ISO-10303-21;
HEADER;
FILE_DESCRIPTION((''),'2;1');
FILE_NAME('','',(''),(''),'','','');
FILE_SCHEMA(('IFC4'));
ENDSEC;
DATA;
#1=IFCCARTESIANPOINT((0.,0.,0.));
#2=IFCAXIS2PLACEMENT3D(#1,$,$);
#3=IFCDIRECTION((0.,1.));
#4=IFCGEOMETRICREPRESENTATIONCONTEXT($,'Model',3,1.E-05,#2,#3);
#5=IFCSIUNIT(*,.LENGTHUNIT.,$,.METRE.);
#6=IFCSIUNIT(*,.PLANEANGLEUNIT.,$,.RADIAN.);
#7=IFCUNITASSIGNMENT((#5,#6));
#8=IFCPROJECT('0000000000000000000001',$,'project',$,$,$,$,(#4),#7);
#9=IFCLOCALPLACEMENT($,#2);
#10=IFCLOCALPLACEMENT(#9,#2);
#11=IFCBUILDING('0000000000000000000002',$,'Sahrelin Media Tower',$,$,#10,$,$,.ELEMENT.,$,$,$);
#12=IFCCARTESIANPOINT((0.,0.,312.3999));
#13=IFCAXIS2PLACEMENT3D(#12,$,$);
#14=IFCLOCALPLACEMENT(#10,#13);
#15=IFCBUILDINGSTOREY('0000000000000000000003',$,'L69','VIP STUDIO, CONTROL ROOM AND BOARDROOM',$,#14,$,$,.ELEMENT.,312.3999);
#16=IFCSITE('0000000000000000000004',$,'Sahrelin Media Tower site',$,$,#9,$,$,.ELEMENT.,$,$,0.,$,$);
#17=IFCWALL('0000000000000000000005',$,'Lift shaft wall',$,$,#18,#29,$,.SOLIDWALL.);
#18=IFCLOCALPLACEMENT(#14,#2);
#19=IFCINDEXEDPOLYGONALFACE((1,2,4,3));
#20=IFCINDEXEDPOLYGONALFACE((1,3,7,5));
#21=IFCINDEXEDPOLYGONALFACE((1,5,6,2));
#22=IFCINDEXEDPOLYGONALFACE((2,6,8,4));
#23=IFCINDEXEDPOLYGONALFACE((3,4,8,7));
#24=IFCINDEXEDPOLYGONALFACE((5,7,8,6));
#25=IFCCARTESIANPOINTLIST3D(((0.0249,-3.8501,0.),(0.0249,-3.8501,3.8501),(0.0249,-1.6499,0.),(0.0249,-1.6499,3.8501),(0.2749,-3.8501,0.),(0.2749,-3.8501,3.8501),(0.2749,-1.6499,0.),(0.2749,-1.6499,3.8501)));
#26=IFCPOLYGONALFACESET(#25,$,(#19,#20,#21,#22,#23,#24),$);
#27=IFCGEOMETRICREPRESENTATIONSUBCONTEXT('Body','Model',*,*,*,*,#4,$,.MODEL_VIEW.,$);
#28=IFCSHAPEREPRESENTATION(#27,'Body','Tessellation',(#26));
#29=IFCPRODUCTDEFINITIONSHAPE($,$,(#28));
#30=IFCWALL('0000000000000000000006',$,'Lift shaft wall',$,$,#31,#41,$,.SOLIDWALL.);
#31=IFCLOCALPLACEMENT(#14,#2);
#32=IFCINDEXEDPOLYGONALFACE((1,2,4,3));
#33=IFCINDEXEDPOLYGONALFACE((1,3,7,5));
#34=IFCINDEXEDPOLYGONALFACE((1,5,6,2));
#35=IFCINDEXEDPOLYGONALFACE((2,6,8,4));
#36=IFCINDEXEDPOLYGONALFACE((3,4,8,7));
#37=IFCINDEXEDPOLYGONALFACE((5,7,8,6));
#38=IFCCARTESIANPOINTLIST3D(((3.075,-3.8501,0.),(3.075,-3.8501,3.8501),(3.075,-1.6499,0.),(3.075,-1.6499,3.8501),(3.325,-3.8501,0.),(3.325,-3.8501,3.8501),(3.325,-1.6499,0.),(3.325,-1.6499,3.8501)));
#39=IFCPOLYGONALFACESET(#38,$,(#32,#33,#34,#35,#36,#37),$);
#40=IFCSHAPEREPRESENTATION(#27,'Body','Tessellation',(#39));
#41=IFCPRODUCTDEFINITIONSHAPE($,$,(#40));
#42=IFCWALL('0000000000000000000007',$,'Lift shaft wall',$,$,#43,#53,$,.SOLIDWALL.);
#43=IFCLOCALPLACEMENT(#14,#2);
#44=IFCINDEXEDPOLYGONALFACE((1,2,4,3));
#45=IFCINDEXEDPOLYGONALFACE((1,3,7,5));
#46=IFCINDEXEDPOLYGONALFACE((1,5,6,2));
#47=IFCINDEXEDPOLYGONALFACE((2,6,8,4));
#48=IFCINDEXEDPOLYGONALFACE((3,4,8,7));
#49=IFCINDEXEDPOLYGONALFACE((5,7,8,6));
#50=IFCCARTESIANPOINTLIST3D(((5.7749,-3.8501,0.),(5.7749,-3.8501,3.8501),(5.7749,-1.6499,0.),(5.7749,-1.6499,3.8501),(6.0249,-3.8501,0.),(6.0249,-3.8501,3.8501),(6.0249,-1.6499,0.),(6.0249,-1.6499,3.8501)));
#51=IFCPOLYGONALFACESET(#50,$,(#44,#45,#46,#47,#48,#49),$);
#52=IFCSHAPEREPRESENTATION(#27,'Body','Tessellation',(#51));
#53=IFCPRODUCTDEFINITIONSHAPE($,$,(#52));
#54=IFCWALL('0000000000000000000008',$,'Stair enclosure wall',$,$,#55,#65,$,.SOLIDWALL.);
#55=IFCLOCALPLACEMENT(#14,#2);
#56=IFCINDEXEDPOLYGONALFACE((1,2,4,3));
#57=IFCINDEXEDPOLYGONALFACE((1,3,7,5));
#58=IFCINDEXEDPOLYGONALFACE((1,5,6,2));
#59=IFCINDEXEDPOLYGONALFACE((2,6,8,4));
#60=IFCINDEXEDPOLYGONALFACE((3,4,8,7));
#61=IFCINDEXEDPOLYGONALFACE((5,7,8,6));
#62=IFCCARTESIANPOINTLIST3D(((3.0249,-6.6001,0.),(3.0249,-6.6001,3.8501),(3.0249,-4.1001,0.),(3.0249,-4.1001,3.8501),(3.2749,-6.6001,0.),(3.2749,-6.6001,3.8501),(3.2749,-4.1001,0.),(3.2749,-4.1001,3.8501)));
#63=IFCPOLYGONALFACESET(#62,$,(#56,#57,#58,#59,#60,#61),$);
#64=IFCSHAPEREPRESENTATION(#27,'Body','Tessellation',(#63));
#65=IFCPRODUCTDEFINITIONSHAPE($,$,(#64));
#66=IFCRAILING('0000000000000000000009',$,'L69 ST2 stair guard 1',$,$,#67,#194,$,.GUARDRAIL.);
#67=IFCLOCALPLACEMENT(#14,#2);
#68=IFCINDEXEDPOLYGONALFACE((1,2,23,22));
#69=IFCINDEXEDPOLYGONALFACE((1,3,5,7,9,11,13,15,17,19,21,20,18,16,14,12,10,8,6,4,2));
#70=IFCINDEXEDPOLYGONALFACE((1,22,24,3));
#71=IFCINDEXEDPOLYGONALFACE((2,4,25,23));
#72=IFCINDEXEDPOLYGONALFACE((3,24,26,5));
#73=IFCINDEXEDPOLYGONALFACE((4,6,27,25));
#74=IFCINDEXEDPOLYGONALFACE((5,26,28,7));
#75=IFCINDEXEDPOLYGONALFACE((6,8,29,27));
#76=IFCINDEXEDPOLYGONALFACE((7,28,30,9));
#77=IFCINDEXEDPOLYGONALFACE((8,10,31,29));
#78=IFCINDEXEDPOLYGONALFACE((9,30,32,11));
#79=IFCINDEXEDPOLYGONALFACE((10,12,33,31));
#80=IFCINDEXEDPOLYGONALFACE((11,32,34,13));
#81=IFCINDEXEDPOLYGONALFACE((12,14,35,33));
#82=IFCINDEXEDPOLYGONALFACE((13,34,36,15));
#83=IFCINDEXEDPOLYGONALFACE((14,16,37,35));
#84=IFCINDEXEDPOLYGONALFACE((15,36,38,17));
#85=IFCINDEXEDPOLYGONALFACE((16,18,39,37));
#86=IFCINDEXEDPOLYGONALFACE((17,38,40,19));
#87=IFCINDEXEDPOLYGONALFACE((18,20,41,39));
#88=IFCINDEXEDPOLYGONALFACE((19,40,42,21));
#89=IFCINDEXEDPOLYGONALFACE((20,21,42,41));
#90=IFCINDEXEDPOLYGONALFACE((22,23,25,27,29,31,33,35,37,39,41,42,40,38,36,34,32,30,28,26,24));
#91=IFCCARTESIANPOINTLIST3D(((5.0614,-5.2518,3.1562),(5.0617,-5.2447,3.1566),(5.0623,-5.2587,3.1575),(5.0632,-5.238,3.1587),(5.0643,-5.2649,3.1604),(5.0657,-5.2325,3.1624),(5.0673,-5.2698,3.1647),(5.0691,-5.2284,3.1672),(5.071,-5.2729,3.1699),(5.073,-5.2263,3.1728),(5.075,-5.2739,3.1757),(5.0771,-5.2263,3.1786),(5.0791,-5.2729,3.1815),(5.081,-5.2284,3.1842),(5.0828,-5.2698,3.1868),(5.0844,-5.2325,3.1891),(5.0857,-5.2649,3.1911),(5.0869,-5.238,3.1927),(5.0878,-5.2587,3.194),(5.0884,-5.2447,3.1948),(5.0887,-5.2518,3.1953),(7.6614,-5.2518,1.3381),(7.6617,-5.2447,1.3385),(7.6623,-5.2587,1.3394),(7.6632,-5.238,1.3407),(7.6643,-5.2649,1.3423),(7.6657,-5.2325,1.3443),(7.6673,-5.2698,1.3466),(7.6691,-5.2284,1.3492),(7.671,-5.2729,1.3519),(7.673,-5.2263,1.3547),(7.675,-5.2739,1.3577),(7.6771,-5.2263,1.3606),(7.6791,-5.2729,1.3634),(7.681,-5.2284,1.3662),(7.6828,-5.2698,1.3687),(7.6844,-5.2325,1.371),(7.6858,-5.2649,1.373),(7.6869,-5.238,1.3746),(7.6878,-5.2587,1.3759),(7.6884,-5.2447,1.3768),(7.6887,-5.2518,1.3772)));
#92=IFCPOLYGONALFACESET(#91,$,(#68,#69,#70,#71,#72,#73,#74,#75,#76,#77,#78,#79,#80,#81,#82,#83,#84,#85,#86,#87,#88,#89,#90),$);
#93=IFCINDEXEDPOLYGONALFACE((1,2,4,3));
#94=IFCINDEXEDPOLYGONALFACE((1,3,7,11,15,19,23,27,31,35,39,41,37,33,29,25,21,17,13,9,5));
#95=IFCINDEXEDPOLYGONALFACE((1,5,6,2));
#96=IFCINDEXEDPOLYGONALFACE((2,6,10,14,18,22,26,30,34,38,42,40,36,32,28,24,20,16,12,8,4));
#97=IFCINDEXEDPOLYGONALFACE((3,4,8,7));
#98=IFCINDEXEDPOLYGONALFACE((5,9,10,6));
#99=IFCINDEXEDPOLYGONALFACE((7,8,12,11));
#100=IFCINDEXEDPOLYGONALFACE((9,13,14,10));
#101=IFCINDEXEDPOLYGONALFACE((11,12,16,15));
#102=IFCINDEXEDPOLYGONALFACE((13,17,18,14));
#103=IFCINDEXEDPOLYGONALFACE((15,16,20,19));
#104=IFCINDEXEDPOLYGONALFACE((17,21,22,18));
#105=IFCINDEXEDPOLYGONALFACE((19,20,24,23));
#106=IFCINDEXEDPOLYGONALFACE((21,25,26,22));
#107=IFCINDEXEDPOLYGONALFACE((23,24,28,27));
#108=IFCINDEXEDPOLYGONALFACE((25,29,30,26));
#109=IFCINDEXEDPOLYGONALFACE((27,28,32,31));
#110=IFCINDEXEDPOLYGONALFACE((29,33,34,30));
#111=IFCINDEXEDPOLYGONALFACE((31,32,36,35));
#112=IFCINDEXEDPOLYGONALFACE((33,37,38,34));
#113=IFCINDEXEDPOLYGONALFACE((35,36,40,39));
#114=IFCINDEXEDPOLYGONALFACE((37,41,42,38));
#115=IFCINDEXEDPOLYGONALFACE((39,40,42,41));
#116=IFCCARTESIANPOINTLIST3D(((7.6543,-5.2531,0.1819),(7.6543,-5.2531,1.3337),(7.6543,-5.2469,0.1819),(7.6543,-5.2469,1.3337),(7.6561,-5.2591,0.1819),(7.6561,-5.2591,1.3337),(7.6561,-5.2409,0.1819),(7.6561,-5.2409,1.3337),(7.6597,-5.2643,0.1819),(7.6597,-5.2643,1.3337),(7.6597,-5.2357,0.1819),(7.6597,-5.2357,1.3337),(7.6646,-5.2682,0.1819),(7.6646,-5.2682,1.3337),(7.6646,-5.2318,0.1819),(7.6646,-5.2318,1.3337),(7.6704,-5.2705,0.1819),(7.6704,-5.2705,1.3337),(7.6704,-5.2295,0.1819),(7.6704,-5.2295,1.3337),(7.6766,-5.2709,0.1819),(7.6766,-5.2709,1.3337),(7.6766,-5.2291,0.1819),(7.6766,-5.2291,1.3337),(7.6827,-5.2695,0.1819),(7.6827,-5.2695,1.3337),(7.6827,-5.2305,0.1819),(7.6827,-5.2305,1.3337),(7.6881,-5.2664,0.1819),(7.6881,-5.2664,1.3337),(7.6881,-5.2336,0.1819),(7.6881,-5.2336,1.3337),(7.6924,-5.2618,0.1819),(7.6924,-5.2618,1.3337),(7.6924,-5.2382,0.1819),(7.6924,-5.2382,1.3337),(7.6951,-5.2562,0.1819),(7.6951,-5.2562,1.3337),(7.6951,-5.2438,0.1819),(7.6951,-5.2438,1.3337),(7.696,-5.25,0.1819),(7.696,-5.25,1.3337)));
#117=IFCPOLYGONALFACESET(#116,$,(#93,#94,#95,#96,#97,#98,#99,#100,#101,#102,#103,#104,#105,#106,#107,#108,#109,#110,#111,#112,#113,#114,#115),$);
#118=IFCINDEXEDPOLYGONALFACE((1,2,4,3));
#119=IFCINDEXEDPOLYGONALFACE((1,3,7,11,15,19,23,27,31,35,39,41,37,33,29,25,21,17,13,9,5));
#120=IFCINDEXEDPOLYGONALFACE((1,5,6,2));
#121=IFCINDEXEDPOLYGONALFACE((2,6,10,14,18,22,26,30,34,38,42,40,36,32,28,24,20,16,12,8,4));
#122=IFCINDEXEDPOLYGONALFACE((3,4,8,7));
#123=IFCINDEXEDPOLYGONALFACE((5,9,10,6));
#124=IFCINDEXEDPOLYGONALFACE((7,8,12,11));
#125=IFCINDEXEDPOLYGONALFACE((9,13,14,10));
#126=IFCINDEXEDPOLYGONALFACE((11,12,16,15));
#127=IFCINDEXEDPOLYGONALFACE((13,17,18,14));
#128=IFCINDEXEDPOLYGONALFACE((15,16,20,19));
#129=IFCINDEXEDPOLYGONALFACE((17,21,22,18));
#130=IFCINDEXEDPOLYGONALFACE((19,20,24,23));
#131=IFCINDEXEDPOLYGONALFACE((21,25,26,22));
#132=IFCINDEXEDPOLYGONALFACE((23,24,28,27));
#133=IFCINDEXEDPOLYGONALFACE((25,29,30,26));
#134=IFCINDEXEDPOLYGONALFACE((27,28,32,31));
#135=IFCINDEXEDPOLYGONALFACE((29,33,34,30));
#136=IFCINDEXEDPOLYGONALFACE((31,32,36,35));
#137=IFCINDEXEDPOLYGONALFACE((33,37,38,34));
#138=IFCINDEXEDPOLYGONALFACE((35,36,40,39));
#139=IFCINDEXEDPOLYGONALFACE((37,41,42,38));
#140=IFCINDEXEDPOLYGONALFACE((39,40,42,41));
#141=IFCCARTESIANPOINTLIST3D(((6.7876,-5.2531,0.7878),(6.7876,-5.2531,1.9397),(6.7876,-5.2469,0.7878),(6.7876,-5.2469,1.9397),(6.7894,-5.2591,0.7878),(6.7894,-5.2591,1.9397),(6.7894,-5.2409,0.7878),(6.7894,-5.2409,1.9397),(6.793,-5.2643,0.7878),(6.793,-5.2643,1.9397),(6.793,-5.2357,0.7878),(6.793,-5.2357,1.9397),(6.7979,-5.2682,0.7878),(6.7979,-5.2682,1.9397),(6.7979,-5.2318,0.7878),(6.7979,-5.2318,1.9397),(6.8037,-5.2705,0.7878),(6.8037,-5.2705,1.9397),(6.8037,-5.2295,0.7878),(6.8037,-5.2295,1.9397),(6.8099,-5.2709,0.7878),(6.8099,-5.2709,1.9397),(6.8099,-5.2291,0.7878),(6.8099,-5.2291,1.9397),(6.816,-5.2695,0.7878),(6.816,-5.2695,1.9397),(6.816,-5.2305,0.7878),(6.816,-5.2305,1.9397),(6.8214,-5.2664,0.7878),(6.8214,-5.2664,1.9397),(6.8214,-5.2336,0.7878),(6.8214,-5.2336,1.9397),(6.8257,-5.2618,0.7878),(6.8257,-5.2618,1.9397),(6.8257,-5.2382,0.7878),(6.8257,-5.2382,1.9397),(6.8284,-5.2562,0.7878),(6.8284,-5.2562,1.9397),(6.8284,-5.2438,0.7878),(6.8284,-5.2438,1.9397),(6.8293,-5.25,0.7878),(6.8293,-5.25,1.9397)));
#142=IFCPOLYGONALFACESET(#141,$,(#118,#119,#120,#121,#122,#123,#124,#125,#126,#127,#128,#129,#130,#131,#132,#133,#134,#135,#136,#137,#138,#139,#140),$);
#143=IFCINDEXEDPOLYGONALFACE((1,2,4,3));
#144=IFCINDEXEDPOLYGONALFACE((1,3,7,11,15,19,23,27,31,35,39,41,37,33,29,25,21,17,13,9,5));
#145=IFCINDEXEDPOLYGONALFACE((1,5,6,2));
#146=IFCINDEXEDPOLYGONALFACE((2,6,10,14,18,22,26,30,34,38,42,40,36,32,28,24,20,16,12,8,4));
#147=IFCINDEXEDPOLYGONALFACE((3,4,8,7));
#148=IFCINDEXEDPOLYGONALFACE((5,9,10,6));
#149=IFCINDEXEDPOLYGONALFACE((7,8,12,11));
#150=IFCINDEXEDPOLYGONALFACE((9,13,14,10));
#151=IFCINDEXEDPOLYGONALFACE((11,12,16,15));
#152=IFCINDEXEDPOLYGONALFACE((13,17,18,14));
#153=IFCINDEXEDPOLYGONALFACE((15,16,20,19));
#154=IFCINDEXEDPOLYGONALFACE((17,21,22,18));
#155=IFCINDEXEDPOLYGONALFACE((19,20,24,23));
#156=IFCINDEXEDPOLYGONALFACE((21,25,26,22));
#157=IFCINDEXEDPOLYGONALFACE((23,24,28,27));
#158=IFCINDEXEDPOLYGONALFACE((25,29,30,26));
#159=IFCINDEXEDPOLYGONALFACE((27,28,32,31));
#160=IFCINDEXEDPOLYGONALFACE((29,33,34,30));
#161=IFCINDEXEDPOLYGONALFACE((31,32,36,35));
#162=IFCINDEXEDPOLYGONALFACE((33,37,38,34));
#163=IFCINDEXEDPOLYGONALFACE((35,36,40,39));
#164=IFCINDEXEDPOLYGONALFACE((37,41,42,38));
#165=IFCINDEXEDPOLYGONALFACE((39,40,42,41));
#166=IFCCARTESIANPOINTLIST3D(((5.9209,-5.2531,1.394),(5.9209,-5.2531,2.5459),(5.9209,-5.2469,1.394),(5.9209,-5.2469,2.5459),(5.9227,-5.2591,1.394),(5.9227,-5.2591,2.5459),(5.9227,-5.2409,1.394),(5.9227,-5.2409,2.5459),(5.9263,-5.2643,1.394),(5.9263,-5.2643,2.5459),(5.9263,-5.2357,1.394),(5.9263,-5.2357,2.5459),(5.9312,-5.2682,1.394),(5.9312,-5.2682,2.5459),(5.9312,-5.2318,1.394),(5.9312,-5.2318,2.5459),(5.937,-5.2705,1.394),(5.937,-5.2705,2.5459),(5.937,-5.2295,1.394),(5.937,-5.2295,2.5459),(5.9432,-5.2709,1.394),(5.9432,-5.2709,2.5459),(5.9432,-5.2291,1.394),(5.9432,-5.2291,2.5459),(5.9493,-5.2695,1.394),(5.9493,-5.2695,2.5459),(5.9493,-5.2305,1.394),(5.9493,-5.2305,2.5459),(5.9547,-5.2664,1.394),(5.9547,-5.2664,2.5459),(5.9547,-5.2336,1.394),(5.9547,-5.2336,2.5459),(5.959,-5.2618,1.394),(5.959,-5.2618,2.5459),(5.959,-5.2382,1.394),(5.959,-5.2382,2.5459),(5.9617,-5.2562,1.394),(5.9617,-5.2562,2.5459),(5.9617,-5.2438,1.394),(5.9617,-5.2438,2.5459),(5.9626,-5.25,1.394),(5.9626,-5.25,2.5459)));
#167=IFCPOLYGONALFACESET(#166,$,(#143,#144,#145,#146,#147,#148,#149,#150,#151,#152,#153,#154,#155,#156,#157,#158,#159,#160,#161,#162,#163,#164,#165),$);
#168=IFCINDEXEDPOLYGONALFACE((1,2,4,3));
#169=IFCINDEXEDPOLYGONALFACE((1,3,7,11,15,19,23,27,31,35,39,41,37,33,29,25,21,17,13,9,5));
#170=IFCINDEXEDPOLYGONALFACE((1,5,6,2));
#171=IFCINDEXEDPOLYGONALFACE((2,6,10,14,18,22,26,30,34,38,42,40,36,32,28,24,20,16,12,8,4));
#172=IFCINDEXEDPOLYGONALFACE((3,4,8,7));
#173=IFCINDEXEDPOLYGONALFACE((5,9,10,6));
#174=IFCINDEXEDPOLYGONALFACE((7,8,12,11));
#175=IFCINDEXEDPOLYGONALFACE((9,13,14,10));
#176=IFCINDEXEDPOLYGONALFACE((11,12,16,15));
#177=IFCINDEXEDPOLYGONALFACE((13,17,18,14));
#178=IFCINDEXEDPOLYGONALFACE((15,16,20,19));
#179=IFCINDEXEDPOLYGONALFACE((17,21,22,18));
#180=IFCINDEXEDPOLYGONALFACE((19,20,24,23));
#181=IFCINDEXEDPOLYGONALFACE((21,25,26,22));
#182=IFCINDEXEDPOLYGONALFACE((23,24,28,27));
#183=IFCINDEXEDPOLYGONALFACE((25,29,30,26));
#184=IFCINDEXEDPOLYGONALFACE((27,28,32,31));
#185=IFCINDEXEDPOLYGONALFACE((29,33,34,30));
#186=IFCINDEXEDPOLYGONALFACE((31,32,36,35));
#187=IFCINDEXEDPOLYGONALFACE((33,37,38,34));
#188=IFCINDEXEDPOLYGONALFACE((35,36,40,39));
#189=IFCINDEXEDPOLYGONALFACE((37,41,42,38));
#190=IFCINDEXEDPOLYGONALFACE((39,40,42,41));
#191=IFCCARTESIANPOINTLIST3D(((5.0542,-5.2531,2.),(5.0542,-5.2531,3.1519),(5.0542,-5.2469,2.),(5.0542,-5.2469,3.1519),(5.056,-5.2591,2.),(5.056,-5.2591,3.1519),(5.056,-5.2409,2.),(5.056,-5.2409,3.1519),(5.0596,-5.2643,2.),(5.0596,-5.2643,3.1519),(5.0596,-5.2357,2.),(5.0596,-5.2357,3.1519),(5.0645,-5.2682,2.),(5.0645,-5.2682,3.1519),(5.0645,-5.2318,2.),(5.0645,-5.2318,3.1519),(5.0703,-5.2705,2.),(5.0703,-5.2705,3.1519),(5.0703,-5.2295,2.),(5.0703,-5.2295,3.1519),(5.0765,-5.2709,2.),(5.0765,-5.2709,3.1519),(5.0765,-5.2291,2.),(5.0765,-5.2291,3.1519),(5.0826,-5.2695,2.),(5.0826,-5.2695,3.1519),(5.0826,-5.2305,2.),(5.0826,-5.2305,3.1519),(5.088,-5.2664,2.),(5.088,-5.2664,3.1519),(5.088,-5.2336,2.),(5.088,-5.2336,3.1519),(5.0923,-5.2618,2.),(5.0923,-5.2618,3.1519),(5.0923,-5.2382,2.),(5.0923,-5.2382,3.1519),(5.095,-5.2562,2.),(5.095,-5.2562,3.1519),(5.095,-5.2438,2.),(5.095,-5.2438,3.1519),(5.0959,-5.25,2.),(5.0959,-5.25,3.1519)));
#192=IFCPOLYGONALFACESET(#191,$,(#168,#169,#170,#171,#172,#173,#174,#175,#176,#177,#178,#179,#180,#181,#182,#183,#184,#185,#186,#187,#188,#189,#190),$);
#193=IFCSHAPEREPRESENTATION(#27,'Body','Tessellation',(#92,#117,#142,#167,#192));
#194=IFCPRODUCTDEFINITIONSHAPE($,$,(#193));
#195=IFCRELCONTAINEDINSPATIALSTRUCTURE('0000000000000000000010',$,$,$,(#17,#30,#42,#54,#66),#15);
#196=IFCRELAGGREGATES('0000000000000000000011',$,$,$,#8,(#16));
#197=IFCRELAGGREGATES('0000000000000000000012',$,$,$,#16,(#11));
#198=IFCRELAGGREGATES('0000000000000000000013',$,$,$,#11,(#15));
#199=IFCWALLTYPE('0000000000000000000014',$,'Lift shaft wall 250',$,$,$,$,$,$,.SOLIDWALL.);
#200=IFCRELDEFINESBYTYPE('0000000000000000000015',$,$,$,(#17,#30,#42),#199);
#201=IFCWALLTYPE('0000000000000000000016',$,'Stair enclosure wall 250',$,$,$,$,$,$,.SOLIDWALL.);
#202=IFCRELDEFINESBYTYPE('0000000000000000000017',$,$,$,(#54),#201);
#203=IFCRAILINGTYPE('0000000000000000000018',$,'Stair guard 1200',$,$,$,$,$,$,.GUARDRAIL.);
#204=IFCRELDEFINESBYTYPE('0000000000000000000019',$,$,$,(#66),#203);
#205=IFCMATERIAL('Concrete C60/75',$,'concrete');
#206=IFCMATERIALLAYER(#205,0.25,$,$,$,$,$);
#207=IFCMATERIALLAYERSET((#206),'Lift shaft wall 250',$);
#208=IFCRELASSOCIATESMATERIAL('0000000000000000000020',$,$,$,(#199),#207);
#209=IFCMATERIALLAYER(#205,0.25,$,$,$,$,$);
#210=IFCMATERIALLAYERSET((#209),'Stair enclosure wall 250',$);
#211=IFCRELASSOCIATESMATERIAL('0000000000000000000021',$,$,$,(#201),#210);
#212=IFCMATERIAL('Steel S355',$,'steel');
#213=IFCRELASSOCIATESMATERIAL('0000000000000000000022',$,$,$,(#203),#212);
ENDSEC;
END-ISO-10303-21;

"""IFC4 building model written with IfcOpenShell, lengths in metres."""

from ifc_helpers import new_model, si_unit, direction, frame, frame_2d, origin, origin_2d, place, context, subcontext, project, spatial, rectangle, circle, extrude, material, layer, layer_set, type_object, element, save


model = new_model("IFC4")

# Units and contexts
model_context = context("Model", 3, precision=1e-05, world=origin(), true_north=direction((0.0, 1.0)))
body_context = subcontext(model_context, "Body", "Model", "MODEL_VIEW")
ifc_project = project(units=[si_unit("LENGTHUNIT", "METRE"), si_unit("PLANEANGLEUNIT", "RADIAN")], contexts=[model_context])

# Site, building, storey
site_placement = place(None, origin())
site = spatial("IfcSite", under=ifc_project, at=site_placement, Name="Sahrelin Media Tower site", CompositionType="ELEMENT", RefElevation=0.0)
building_placement = place(site_placement, origin())
building = spatial("IfcBuilding", under=site, at=building_placement, Name="Sahrelin Media Tower", CompositionType="ELEMENT")
storey_placement = place(building_placement, frame((0.0, 0.0, 312.3999)))
storey = spatial("IfcBuildingStorey", under=building, at=storey_placement, Name="L69", Description="VIP STUDIO, CONTROL ROOM AND BOARDROOM", CompositionType="ELEMENT", Elevation=312.3999)

# Walls
ifc_material_1 = material(Name="Concrete C60/75", Category="concrete")
ifc_layer_1 = layer(ifc_material_1, 0.25)
ifc_layer_set_1 = layer_set([ifc_layer_1], Name="Lift shaft wall 250")
wall_type_1 = type_object("IfcWallType", Name="Lift shaft wall 250", PredefinedType="SOLIDWALL", material=ifc_layer_set_1)
for number, where, z_axis, x_axis, name in (
    (1, (0.1499, -3.8501, 0.0), (0.0, 0.0, 1.0), (0.0, 1.0, 0.0), "Lift shaft wall"),
    (2, (3.2, -3.8501, 0.0), (0.0, 0.0, 1.0), (0.0, 1.0, 0.0), "Lift shaft wall"),
    (3, (5.8999, -3.8501, 0.0), (0.0, 0.0, 1.0), (0.0, 1.0, 0.0), "Lift shaft wall"),
):
    element("IfcWall", number, at=place(storey_placement, frame(where, z_axis=z_axis, x_axis=x_axis)), inside=storey, type_object=wall_type_1, Name=name, PredefinedType="SOLIDWALL", context=body_context, shape_type="SweptSolid", body=[
        extrude(rectangle(XDim=2.2002, YDim=0.25, at=frame_2d((1.1001, 0.0))), origin(), (0.0, 0.0, 1.0), 3.8501),
    ])
ifc_layer_2 = layer(ifc_material_1, 0.25)
ifc_layer_set_2 = layer_set([ifc_layer_2], Name="Stair enclosure wall 250")
wall_type_2 = type_object("IfcWallType", Name="Stair enclosure wall 250", PredefinedType="SOLIDWALL", material=ifc_layer_set_2)
wall_1_placement = place(storey_placement, frame((3.1499, -6.6001, 0.0), z_axis=(0.0, 0.0, 1.0), x_axis=(0.0, 1.0, 0.0)))
element("IfcWall", 4, at=wall_1_placement, inside=storey, type_object=wall_type_2, Name="Stair enclosure wall", PredefinedType="SOLIDWALL", context=body_context, shape_type="SweptSolid", body=[
    extrude(rectangle(XDim=2.5, YDim=0.25, at=frame_2d((1.25, 0.0))), origin(), (0.0, 0.0, 1.0), 3.8501),
])

# Railing
ifc_material_2 = material(Name="Steel S355", Category="steel")
railing_type_1 = type_object("IfcRailingType", Name="Stair guard 1200", PredefinedType="GUARDRAIL", material=ifc_material_2)
railing_1_placement = place(storey_placement, frame((7.675, -5.25, 0.1819)))
element("IfcRailing", 5, at=railing_1_placement, inside=storey, type_object=railing_type_1, Name="L69 ST2 stair guard 1", PredefinedType="GUARDRAIL", context=body_context, shape_type="SweptSolid", body=[
    extrude(circle(Radius=0.0239, at=origin_2d()), frame((0.0, 0.0, 1.1758), z_axis=(-0.819521, 0.0, 0.573049), x_axis=(0.0, -1.0, 0.0)), (0.0, 0.0, 1.0), 3.1726),
    extrude(circle(Radius=0.021, at=origin_2d()), origin(), (0.0, 0.0, 1.0), 1.1519),
    extrude(circle(Radius=0.021, at=origin_2d()), frame((-0.8667, 0.0, 0.606)), (0.0, 0.0, 1.0), 1.1519),
    extrude(circle(Radius=0.021, at=origin_2d()), frame((-1.7334, 0.0, 1.2122)), (0.0, 0.0, 1.0), 1.1519),
    extrude(circle(Radius=0.021, at=origin_2d()), frame((-2.6001, 0.0, 1.8181)), (0.0, 0.0, 1.0), 1.1519),
])

save(model, "model.ifc")
